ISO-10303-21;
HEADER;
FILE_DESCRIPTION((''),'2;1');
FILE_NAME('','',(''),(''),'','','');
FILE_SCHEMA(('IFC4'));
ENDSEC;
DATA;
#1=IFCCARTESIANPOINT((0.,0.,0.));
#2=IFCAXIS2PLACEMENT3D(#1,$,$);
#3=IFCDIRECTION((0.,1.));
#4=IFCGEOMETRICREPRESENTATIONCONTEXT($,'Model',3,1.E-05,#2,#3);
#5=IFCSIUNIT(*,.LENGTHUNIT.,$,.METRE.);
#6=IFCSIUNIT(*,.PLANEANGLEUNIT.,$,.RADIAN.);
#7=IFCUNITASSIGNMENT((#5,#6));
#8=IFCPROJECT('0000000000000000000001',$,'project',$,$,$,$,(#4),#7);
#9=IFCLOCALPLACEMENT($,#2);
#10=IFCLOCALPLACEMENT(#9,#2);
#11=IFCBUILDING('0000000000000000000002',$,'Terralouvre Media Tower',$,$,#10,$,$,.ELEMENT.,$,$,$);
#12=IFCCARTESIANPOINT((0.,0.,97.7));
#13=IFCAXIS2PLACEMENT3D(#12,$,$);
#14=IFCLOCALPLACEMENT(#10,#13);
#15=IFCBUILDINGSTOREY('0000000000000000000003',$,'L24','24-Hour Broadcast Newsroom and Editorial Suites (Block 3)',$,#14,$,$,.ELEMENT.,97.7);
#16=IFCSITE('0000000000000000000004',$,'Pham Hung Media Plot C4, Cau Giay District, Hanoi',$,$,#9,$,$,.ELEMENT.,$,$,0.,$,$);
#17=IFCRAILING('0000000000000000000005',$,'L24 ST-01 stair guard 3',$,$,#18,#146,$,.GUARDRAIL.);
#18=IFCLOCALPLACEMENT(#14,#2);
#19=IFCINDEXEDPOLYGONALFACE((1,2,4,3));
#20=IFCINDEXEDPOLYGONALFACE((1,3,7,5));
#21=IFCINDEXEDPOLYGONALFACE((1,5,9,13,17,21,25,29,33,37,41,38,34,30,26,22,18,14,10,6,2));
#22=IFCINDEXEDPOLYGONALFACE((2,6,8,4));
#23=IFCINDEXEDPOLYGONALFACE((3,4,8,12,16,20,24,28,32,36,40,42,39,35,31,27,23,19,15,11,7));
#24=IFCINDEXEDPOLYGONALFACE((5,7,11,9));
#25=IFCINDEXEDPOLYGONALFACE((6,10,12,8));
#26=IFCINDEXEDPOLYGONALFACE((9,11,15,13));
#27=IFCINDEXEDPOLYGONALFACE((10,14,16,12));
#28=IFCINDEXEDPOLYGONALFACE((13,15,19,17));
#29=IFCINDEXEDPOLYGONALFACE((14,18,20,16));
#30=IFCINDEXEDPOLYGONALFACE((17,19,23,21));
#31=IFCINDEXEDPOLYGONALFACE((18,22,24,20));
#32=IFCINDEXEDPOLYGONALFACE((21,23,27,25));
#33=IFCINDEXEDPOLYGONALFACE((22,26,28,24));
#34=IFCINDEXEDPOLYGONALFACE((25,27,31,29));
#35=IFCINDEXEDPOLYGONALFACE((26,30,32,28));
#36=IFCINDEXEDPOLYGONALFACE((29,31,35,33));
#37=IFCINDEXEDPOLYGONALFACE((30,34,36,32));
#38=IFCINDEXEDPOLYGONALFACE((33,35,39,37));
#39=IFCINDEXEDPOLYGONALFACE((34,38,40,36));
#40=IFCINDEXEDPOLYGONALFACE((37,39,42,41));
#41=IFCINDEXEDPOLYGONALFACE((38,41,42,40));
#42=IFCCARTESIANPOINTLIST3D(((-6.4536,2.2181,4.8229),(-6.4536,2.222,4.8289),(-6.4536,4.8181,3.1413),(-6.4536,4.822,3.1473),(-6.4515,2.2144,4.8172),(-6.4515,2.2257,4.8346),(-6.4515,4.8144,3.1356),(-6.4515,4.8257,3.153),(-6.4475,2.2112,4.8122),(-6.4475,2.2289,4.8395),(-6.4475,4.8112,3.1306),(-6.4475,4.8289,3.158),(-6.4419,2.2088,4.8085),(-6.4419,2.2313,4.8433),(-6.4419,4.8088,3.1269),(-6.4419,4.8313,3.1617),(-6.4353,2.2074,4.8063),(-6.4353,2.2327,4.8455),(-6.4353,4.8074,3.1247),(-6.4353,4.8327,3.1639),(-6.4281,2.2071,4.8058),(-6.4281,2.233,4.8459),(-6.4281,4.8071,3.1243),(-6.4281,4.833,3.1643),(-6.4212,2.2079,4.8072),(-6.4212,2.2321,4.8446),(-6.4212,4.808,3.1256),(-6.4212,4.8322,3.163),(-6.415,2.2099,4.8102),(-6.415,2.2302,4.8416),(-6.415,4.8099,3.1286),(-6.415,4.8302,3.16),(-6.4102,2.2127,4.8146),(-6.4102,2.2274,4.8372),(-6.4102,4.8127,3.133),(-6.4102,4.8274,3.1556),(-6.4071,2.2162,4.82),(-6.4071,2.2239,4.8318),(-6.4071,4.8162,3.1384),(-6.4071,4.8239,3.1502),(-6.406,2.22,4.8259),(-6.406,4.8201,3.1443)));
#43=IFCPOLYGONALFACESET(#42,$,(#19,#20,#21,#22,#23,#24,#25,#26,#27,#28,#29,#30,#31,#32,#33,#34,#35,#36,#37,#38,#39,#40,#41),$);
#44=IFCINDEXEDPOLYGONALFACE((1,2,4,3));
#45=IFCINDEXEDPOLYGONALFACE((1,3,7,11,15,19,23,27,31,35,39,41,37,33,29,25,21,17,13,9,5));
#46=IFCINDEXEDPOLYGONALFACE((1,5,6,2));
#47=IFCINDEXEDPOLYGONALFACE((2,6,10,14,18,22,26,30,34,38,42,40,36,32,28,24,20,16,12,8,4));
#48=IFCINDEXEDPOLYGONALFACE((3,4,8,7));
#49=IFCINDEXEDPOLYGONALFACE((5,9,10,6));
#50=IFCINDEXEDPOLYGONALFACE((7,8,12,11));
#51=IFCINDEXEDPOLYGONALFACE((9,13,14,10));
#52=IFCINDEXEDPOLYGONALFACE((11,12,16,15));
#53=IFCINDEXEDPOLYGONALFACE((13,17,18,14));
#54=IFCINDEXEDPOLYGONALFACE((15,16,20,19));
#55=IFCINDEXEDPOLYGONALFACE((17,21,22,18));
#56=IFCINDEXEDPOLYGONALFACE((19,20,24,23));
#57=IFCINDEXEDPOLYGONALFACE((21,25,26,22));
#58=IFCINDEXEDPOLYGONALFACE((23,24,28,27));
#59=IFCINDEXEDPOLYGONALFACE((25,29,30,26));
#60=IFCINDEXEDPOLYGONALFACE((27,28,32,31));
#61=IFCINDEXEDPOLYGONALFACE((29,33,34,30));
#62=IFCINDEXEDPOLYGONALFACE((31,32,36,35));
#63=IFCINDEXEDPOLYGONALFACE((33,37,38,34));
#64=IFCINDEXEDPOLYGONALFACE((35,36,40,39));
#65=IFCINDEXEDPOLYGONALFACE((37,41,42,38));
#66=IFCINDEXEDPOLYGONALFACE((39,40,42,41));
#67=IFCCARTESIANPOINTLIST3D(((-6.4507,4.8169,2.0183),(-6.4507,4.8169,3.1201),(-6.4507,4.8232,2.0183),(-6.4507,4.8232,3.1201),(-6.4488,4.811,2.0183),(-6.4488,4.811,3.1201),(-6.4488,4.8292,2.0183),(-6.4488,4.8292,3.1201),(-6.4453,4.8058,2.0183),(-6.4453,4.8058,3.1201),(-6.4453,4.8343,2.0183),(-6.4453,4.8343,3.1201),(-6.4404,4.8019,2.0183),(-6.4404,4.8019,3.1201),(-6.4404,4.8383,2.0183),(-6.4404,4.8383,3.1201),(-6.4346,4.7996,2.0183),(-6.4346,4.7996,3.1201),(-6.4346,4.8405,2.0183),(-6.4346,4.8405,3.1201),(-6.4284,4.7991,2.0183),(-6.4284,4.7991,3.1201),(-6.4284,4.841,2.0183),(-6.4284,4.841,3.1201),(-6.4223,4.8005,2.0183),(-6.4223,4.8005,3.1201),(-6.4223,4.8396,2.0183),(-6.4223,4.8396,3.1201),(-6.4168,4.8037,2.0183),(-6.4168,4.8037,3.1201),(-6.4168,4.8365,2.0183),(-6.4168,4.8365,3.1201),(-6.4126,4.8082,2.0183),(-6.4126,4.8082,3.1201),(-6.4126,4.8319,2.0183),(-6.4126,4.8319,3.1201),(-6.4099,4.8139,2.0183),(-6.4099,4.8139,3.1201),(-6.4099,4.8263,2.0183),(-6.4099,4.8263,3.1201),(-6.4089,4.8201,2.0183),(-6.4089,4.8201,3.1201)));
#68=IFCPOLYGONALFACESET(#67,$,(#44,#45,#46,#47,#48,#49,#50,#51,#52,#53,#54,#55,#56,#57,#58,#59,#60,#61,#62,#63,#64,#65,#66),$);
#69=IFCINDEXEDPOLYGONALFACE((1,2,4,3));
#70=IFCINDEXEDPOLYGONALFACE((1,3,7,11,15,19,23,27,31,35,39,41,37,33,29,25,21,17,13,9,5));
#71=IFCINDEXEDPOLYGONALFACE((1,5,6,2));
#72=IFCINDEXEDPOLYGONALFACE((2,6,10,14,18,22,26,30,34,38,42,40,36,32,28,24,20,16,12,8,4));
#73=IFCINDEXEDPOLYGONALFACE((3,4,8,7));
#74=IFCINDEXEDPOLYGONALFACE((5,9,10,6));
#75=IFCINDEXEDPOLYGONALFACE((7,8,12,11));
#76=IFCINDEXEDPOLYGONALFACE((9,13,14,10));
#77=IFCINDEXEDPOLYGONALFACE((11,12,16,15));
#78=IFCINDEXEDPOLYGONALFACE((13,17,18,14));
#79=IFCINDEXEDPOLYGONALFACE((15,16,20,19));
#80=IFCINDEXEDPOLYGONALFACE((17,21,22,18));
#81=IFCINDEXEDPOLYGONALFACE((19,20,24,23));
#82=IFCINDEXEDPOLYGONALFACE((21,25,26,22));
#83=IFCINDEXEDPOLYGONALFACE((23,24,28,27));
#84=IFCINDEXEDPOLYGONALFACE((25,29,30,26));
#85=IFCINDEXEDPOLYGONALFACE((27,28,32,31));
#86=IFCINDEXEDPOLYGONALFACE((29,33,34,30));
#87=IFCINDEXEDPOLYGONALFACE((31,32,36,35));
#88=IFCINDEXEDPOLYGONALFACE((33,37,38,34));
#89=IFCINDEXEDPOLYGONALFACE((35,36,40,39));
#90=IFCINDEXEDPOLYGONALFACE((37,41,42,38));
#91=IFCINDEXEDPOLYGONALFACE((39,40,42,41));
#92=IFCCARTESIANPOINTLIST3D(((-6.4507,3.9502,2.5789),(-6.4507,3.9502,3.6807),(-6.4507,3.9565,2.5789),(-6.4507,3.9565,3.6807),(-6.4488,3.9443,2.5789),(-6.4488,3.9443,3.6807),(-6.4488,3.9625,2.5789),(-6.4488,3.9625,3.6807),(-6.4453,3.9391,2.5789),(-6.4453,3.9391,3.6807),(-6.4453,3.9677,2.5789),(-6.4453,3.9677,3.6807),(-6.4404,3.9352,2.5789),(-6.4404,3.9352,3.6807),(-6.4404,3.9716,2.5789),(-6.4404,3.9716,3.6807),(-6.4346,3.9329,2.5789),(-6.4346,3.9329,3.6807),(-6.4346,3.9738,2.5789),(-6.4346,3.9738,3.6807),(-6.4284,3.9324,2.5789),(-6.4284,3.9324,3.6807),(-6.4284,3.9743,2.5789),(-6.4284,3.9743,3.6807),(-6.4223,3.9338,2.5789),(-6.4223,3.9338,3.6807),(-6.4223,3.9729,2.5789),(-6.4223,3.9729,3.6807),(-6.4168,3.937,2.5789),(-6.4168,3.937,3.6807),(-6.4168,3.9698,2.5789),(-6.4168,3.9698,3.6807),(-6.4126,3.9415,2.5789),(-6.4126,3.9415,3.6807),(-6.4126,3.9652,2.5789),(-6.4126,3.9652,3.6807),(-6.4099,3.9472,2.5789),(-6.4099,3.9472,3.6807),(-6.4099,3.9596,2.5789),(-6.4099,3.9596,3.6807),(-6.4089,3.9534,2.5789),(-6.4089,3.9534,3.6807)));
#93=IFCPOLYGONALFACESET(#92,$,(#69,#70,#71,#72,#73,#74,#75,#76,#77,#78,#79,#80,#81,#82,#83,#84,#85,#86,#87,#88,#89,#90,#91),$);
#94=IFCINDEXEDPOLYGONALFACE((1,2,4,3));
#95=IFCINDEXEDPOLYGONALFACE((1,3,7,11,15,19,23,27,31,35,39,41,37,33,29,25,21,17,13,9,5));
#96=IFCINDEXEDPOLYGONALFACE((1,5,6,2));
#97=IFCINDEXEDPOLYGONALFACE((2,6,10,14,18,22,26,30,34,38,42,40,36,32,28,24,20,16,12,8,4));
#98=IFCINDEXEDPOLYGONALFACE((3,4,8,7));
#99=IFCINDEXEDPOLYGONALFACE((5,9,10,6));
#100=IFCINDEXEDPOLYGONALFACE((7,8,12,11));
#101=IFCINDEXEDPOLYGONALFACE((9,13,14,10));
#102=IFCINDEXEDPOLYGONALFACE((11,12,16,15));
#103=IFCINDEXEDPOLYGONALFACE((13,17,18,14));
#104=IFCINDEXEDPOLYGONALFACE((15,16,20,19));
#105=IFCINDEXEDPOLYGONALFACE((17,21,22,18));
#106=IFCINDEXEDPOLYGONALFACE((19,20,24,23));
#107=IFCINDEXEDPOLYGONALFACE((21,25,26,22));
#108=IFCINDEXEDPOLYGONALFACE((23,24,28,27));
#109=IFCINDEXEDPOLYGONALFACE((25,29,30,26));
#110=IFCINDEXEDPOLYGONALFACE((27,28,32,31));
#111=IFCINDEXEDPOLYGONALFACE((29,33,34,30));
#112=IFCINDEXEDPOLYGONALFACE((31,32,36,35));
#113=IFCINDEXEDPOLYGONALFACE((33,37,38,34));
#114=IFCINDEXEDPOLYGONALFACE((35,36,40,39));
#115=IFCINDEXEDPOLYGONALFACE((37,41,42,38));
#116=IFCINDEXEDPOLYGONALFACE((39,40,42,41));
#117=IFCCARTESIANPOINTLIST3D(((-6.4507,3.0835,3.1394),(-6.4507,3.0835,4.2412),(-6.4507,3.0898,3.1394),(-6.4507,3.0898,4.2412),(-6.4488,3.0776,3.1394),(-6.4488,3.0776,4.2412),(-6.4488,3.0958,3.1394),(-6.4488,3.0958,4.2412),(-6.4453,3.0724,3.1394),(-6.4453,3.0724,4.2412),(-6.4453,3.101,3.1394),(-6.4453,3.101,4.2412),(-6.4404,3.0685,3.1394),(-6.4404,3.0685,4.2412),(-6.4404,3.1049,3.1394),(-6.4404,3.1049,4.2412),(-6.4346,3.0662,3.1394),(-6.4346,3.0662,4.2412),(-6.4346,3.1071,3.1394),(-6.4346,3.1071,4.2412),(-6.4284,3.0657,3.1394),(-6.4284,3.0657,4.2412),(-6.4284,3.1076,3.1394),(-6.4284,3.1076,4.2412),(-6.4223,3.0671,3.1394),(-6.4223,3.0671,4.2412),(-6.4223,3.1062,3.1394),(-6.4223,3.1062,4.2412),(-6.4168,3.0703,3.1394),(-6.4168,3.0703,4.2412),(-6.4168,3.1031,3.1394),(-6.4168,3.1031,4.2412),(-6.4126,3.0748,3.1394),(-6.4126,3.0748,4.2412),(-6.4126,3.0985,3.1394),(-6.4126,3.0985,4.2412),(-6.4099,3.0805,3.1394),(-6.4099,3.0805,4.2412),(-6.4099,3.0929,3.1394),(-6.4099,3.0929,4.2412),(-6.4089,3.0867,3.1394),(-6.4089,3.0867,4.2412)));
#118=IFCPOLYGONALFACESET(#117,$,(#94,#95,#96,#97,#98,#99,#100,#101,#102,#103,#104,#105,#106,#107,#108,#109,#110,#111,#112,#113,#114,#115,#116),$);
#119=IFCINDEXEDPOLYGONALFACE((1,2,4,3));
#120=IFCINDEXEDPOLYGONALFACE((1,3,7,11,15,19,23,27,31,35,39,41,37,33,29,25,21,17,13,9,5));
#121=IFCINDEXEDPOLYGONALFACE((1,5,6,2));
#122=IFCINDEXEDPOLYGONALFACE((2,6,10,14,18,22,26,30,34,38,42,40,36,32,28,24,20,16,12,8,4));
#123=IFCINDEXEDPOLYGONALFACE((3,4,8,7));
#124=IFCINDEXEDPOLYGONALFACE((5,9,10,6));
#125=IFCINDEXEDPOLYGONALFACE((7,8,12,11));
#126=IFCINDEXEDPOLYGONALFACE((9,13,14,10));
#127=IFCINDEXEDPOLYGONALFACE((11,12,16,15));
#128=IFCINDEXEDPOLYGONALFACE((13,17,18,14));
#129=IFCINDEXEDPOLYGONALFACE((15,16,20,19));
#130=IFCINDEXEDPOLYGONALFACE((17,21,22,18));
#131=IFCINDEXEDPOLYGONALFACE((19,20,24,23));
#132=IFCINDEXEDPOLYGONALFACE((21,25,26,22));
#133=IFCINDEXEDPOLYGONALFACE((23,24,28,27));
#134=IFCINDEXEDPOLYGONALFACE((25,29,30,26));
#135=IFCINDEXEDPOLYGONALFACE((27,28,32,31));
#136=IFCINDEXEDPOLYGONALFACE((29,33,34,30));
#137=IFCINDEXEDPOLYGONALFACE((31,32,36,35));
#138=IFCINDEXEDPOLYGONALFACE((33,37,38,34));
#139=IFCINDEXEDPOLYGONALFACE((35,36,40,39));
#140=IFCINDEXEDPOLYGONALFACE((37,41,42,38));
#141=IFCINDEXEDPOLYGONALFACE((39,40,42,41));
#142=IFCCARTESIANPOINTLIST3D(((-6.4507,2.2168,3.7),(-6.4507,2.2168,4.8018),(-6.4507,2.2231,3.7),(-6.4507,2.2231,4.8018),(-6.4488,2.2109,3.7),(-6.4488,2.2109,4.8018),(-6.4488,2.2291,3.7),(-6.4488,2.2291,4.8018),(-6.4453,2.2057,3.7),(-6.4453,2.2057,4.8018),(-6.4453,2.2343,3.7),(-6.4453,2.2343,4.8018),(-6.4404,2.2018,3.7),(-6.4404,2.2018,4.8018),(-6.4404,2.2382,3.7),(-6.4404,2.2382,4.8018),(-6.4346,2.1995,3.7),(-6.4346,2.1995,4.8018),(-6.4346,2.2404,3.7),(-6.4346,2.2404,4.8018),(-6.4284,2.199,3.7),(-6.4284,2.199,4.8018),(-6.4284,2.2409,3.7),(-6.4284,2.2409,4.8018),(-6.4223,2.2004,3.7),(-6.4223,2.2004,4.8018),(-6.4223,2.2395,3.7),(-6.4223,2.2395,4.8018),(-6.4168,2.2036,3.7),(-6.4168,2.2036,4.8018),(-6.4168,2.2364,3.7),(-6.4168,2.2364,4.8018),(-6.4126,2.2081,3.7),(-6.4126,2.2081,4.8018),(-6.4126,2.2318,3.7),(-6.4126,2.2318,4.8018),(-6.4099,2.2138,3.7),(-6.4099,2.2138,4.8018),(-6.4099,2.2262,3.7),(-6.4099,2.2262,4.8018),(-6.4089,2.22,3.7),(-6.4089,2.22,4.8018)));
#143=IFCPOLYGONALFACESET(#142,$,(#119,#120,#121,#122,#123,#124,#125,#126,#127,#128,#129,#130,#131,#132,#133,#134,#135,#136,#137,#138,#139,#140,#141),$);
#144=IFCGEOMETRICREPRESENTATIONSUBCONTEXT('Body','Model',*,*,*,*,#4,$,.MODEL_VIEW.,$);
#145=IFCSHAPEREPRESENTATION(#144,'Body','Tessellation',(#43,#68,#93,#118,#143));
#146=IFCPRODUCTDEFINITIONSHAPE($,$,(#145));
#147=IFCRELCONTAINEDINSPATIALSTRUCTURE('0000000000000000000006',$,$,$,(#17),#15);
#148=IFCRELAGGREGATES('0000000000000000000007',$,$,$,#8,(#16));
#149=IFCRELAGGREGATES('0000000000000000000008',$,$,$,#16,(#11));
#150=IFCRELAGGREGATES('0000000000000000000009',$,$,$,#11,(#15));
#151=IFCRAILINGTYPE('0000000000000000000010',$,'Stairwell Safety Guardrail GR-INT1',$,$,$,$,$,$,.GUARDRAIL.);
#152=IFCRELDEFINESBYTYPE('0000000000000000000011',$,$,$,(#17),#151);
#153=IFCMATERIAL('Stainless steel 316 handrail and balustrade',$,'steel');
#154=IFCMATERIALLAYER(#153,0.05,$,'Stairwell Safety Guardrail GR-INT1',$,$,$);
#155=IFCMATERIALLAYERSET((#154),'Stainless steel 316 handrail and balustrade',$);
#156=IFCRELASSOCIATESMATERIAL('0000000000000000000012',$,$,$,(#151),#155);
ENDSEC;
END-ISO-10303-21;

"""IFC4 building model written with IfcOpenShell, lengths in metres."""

from ifc_helpers import new_model, si_unit, direction, frame, origin, origin_2d, place, context, subcontext, project, spatial, circle, extrude, material, layer, layer_set, type_object, element, save


model = new_model("IFC4")

# Units and contexts
model_context = context("Model", 3, precision=1e-05, world=origin(), true_north=direction((0.0, 1.0)))
body_context = subcontext(model_context, "Body", "Model", "MODEL_VIEW")
ifc_project = project(units=[si_unit("LENGTHUNIT", "METRE"), si_unit("PLANEANGLEUNIT", "RADIAN")], contexts=[model_context])

# Site, building, storey
site_placement = place(None, origin())
site = spatial("IfcSite", under=ifc_project, at=site_placement, Name="Pham Hung Media Plot C4, Cau Giay District, Hanoi", CompositionType="ELEMENT", RefElevation=0.0)
building_placement = place(site_placement, origin())
building = spatial("IfcBuilding", under=site, at=building_placement, Name="Terralouvre Media Tower", CompositionType="ELEMENT")
storey_placement = place(building_placement, frame((0.0, 0.0, 97.7)))
storey = spatial("IfcBuildingStorey", under=building, at=storey_placement, Name="L24", Description="24-Hour Broadcast Newsroom and Editorial Suites (Block 3)", CompositionType="ELEMENT", Elevation=97.7)

# Railing
ifc_material_1 = material(Name="Stainless steel 316 handrail and balustrade", Category="steel")
ifc_layer_1 = layer(ifc_material_1, 0.05, Name="Stairwell Safety Guardrail GR-INT1")
ifc_layer_set_1 = layer_set([ifc_layer_1], Name="Stainless steel 316 handrail and balustrade")
railing_type_1 = type_object("IfcRailingType", Name="Stairwell Safety Guardrail GR-INT1", PredefinedType="GUARDRAIL", material=ifc_layer_set_1)
railing_1_placement = place(storey_placement, frame((-6.4299, 4.8201, 2.0183)))
element("IfcRailing", 1, at=railing_1_placement, inside=storey, type_object=railing_type_1, Name="L24 ST-01 stair guard 3", PredefinedType="GUARDRAIL", context=body_context, shape_type="SweptSolid", body=[
    extrude(circle(Radius=0.0239, at=origin_2d()), frame((0.0, 0.0, 1.126), z_axis=(0.0, -0.839684, 0.543075), x_axis=(1.0, 0.0, 0.0)), (0.0, 0.0, 1.0), 3.0964),
    extrude(circle(Radius=0.021, at=origin_2d()), origin(), (0.0, 0.0, 1.0), 1.1018),
    extrude(circle(Radius=0.021, at=origin_2d()), frame((0.0, -0.8667, 0.5605)), (0.0, 0.0, 1.0), 1.1018),
    extrude(circle(Radius=0.021, at=origin_2d()), frame((0.0, -1.7334, 1.1211)), (0.0, 0.0, 1.0), 1.1018),
    extrude(circle(Radius=0.021, at=origin_2d()), frame((0.0, -2.6001, 1.6816)), (0.0, 0.0, 1.0), 1.1018),
])

save(model, "model.ifc")
